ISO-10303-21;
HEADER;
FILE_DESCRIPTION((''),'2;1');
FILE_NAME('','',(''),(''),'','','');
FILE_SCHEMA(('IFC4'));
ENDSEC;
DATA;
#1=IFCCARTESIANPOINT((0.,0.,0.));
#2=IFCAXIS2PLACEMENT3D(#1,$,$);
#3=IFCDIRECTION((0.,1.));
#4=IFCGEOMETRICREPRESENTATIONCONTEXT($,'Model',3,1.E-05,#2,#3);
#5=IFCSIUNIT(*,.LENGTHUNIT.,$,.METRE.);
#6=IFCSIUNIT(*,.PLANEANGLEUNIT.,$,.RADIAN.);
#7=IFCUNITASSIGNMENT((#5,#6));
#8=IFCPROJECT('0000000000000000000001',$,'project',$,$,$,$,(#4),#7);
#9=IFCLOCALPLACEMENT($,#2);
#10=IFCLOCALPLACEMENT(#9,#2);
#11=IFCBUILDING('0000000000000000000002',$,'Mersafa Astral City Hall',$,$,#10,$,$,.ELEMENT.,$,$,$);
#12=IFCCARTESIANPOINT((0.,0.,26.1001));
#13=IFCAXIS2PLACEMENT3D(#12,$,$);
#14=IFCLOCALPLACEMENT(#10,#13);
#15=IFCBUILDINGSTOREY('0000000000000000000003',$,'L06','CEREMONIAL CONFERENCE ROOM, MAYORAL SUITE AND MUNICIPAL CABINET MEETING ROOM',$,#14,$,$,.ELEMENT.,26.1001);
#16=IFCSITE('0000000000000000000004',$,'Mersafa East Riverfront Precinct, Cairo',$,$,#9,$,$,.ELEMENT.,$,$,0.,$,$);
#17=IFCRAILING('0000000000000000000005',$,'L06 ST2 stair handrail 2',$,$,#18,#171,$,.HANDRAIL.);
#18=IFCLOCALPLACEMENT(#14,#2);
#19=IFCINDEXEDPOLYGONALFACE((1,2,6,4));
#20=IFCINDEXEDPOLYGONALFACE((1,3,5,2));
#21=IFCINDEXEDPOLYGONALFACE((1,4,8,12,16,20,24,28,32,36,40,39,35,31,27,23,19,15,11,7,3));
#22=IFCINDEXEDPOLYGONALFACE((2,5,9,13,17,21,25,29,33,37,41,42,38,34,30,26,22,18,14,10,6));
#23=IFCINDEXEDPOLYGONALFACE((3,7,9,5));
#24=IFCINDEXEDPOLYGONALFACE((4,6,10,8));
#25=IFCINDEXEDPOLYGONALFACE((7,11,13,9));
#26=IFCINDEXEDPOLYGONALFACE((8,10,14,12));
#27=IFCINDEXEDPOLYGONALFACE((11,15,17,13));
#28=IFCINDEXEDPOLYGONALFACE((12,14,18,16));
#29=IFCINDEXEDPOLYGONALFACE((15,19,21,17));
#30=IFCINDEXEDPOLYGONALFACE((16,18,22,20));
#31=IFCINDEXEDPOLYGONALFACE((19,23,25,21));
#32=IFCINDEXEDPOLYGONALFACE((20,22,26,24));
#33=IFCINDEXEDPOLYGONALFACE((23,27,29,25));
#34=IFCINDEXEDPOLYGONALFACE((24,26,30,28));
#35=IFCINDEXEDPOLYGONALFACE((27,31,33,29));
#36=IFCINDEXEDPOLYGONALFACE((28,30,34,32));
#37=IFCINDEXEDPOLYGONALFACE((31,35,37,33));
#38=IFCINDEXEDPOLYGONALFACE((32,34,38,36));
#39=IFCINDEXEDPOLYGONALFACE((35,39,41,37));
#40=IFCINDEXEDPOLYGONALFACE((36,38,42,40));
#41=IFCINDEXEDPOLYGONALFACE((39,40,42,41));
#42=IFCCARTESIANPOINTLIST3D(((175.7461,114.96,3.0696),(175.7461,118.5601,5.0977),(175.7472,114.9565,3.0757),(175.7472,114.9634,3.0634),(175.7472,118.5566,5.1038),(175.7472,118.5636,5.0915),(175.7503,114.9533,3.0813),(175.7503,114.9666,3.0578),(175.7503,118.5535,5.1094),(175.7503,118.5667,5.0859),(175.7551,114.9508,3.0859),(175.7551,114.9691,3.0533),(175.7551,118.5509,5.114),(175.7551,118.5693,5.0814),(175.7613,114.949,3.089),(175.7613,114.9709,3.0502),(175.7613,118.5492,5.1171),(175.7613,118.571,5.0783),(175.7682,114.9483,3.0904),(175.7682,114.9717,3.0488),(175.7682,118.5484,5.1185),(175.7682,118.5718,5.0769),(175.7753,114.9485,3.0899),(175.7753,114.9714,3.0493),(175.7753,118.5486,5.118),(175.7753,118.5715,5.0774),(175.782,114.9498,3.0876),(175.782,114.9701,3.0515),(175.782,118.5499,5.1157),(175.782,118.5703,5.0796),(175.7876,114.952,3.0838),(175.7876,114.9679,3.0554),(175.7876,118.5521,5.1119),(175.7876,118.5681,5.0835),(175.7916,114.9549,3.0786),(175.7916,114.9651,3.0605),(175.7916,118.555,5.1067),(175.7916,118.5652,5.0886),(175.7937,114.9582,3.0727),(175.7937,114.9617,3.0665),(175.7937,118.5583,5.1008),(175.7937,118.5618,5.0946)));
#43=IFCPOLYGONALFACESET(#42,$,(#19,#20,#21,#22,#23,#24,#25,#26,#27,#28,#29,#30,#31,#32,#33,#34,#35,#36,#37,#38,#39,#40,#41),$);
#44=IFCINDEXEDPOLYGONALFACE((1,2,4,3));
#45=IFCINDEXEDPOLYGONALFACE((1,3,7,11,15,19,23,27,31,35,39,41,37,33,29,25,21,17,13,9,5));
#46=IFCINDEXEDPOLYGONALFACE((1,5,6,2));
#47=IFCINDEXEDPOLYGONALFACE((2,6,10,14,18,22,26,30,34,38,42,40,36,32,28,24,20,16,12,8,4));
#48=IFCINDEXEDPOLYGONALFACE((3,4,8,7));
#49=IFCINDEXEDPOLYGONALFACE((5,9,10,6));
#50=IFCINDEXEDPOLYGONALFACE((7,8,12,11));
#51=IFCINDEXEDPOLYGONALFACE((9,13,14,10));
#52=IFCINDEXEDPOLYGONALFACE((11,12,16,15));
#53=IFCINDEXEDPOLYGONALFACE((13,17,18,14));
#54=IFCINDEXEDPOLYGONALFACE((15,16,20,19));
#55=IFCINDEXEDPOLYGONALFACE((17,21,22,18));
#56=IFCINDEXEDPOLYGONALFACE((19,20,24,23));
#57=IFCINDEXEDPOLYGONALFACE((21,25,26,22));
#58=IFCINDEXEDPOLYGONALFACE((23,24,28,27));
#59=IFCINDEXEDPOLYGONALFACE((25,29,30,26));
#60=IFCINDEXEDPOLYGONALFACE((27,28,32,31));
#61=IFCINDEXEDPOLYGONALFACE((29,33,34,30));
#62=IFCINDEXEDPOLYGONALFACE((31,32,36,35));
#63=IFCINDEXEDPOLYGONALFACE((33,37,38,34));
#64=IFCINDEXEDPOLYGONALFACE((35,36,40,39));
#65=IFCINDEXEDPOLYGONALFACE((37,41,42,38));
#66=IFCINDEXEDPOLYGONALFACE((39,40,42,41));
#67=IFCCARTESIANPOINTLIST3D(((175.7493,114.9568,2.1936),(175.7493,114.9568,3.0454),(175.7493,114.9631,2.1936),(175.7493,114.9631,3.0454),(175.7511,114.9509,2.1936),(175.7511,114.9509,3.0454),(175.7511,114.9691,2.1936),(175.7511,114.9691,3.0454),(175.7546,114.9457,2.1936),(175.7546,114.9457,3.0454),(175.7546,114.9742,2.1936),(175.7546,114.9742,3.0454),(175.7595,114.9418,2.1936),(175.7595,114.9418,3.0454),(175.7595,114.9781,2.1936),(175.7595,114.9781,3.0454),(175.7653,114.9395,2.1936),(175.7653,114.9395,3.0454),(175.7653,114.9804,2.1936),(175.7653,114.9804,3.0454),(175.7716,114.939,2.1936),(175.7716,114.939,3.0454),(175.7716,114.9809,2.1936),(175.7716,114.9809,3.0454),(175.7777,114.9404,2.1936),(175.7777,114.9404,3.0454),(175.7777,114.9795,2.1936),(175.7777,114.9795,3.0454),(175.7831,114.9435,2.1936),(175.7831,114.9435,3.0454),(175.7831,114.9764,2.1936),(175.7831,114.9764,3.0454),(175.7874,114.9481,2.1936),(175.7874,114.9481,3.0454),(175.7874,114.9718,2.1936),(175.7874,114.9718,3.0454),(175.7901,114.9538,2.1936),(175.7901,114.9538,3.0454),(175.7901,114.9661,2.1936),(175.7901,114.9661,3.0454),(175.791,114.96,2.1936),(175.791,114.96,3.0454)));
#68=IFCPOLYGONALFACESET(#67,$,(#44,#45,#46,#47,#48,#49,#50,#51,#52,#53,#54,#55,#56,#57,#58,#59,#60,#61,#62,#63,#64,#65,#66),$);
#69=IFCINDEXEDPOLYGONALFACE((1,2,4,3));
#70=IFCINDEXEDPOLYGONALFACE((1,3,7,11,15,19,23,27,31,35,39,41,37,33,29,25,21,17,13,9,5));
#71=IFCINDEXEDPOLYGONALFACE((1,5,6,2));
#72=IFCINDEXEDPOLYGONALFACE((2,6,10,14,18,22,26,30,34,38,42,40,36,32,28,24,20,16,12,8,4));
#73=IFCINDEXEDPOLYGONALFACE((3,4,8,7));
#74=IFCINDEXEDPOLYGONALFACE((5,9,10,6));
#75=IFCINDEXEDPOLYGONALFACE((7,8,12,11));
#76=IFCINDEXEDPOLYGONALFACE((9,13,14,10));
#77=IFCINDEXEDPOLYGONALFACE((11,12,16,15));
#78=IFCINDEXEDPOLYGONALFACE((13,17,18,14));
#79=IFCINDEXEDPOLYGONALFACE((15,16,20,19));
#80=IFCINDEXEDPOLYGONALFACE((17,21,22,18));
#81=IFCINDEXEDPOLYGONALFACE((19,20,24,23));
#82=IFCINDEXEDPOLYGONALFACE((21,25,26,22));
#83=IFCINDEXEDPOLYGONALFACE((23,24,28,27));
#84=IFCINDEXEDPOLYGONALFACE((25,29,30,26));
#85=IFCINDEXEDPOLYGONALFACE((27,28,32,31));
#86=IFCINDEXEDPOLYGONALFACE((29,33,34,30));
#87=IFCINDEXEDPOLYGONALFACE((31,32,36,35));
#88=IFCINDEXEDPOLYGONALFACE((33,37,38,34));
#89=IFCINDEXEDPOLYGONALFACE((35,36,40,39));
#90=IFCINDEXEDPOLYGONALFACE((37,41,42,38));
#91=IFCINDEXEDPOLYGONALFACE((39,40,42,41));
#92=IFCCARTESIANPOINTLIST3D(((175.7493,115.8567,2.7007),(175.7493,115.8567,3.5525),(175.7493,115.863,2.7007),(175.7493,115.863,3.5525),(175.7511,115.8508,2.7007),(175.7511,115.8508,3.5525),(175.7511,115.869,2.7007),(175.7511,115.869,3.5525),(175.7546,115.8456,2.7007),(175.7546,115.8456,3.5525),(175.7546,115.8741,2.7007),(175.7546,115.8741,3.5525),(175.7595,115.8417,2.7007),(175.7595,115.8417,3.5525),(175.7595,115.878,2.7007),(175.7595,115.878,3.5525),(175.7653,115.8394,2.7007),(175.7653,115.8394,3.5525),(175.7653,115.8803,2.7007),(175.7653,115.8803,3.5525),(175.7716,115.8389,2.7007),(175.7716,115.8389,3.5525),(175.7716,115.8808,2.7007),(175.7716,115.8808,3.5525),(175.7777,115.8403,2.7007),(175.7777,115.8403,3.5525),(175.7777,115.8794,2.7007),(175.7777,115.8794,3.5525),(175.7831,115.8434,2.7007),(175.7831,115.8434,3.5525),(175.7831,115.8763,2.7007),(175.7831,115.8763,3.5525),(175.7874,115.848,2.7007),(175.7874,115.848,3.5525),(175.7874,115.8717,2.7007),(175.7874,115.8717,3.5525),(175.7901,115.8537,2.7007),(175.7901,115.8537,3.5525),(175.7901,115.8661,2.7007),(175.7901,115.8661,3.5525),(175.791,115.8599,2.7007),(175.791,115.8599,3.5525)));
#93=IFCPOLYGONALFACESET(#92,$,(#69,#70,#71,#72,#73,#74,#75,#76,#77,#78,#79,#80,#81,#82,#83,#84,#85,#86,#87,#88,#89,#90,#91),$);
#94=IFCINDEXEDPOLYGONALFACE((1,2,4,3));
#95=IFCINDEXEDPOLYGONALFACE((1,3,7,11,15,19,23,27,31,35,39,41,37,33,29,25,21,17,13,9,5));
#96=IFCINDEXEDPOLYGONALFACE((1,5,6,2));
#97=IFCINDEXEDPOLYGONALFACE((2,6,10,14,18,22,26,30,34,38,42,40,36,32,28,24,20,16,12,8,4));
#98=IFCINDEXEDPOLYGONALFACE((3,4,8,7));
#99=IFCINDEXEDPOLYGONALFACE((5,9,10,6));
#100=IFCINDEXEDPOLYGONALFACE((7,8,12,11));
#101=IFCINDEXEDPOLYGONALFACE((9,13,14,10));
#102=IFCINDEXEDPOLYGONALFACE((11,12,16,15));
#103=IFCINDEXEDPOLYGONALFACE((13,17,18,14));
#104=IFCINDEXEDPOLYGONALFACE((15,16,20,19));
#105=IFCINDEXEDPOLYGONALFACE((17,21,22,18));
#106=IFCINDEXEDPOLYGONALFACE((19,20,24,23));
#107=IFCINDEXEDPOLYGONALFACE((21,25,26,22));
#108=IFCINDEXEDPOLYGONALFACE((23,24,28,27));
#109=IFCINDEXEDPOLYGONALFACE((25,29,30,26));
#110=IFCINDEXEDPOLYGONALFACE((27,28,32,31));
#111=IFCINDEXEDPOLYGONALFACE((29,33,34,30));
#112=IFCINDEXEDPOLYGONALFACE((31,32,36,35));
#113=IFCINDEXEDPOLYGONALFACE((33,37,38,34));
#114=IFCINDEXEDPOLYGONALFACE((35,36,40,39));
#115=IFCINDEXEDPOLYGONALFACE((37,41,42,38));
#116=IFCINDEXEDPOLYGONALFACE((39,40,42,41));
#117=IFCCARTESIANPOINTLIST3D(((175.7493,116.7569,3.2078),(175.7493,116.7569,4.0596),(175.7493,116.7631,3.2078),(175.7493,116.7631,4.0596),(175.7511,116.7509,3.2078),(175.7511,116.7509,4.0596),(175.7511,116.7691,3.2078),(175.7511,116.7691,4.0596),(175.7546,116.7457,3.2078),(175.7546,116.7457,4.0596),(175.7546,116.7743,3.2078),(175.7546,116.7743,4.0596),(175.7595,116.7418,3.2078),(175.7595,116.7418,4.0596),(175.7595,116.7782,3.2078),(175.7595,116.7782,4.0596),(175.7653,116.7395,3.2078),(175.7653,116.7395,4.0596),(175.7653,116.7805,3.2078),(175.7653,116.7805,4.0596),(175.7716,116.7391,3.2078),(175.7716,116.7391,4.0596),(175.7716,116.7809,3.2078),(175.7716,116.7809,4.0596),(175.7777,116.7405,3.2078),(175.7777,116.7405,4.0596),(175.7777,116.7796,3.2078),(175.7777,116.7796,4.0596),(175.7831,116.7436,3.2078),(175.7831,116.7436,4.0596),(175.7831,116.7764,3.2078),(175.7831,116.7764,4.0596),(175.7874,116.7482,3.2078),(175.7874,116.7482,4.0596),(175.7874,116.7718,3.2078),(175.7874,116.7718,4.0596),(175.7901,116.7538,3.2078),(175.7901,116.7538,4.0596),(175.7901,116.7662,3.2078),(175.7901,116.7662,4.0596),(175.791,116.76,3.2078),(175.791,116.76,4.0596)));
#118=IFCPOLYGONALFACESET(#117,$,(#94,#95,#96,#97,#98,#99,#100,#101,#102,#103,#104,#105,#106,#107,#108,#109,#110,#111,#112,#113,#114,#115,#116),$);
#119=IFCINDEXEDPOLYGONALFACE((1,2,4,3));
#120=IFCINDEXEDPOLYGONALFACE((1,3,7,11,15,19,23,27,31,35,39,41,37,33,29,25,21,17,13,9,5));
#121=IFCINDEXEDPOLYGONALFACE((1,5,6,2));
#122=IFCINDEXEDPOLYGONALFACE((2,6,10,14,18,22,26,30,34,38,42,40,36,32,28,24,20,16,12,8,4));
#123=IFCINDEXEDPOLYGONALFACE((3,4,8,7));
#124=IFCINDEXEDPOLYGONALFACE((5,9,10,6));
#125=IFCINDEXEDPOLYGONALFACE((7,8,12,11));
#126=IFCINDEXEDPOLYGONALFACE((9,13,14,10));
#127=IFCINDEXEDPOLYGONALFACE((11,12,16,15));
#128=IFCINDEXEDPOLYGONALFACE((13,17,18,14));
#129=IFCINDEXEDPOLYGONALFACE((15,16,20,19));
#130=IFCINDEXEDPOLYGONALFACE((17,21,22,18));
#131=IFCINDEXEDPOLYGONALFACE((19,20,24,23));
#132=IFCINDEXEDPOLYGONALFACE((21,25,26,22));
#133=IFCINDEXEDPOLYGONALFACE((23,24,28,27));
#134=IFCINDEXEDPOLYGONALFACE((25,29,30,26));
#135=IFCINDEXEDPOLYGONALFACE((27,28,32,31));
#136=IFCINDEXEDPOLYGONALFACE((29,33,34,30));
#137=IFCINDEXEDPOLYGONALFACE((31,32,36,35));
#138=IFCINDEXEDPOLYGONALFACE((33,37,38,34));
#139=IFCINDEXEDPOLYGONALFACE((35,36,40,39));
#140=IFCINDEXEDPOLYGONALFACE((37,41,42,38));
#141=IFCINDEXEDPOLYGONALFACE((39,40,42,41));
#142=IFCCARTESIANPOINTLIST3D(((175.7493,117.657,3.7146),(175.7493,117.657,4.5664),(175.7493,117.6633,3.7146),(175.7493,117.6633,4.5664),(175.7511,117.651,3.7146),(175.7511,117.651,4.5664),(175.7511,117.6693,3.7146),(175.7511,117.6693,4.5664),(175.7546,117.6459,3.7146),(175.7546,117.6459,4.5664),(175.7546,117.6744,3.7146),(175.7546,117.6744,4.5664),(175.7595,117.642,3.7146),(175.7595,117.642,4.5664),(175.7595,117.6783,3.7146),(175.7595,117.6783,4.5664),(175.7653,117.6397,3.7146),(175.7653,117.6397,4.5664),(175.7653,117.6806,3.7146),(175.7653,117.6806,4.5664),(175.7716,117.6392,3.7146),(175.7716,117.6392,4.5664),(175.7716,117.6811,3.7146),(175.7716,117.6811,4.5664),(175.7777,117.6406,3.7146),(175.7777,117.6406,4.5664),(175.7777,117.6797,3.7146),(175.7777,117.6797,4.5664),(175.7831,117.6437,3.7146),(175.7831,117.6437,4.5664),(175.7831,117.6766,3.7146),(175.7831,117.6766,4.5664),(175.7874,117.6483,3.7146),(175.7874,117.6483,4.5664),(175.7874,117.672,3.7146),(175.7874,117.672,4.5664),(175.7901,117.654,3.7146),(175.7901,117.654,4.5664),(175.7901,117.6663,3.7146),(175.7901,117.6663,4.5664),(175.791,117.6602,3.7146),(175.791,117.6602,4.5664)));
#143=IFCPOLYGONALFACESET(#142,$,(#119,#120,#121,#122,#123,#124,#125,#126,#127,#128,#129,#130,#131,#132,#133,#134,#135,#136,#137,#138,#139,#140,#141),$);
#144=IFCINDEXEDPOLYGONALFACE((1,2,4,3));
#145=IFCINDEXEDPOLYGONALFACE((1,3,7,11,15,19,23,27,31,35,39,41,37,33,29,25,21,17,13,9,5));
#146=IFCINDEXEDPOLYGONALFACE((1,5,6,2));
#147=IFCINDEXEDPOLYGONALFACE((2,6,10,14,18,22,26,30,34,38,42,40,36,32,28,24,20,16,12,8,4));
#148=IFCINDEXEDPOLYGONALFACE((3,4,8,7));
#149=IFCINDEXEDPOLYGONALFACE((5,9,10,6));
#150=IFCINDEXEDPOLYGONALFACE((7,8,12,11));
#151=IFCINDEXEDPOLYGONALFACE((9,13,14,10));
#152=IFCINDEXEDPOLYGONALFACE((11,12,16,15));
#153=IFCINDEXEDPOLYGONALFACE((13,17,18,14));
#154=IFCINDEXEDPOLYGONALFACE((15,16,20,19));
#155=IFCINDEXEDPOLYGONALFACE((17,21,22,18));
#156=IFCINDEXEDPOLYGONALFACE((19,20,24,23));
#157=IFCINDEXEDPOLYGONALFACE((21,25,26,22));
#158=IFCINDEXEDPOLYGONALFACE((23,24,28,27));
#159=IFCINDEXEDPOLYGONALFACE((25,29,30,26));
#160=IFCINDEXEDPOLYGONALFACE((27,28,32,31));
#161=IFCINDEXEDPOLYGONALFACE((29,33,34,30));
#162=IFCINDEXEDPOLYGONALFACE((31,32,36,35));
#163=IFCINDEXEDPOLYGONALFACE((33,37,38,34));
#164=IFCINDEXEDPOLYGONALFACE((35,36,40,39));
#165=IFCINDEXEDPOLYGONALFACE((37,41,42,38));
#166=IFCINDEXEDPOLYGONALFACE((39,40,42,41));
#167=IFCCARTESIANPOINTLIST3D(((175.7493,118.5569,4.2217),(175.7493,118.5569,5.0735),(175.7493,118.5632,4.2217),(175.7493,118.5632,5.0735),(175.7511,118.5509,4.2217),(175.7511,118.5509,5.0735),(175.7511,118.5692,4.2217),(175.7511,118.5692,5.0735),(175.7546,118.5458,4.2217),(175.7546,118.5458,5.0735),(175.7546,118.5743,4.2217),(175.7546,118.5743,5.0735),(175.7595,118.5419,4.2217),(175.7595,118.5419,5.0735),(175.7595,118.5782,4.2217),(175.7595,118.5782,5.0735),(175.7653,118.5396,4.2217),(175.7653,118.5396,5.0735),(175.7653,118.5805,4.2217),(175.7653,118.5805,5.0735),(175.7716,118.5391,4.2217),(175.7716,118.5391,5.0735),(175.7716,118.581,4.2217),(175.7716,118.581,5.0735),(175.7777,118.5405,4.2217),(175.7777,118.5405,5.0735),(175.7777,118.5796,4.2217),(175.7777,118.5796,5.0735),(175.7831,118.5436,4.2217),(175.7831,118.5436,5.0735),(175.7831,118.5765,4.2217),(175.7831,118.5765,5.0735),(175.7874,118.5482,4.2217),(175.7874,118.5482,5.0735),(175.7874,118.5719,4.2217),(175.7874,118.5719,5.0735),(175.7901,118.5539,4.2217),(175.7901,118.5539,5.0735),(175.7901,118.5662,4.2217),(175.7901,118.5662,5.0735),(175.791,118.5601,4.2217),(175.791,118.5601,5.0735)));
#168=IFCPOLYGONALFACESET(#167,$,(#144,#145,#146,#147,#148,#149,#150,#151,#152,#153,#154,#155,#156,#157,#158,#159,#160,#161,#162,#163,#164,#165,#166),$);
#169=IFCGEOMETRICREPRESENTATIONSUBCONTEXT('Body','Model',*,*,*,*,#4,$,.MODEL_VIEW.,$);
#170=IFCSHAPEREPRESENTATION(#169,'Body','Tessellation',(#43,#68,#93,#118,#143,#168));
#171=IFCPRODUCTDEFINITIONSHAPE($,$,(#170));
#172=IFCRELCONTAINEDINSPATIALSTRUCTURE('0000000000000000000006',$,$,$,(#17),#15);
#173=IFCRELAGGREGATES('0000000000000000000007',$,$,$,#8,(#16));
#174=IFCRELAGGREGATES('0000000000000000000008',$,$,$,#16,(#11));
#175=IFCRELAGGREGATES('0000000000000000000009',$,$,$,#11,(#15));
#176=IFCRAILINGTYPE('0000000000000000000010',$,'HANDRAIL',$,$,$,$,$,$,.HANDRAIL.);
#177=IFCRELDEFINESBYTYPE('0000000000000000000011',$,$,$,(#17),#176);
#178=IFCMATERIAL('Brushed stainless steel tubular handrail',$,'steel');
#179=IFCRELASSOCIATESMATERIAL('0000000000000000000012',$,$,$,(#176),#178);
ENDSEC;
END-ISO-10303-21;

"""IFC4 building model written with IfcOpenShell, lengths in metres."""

from ifc_helpers import new_model, si_unit, direction, frame, origin, origin_2d, place, context, subcontext, project, spatial, circle, extrude, material, type_object, element, save


model = new_model("IFC4")

# Units and contexts
model_context = context("Model", 3, precision=1e-05, world=origin(), true_north=direction((0.0, 1.0)))
body_context = subcontext(model_context, "Body", "Model", "MODEL_VIEW")
ifc_project = project(units=[si_unit("LENGTHUNIT", "METRE"), si_unit("PLANEANGLEUNIT", "RADIAN")], contexts=[model_context])

# Site, building, storey
site_placement = place(None, origin())
site = spatial("IfcSite", under=ifc_project, at=site_placement, Name="Mersafa East Riverfront Precinct, Cairo", CompositionType="ELEMENT", RefElevation=0.0)
building_placement = place(site_placement, origin())
building = spatial("IfcBuilding", under=site, at=building_placement, Name="Mersafa Astral City Hall", CompositionType="ELEMENT")
storey_placement = place(building_placement, frame((0.0, 0.0, 26.1001)))
storey = spatial("IfcBuildingStorey", under=building, at=storey_placement, Name="L06", Description="CEREMONIAL CONFERENCE ROOM, MAYORAL SUITE AND MUNICIPAL CABINET MEETING ROOM", CompositionType="ELEMENT", Elevation=26.1001)

# Railing
ifc_material_1 = material(Name="Brushed stainless steel tubular handrail", Category="steel")
railing_type_1 = type_object("IfcRailingType", Name="HANDRAIL", PredefinedType="HANDRAIL", material=ifc_material_1)
railing_1_placement = place(storey_placement, frame((175.77, 114.96, 2.1936)))
element("IfcRailing", 1, at=railing_1_placement, inside=storey, type_object=railing_type_1, Name="L06 ST2 stair handrail 2", PredefinedType="HANDRAIL", context=body_context, shape_type="SweptSolid", body=[
    extrude(circle(Radius=0.0239, at=origin_2d()), frame((0.0, 0.0, 0.876), z_axis=(0.0, 0.871263, 0.490817), x_axis=(-1.0, 0.0, 0.0)), (0.0, 0.0, 1.0), 4.1321),
    extrude(circle(Radius=0.021, at=origin_2d()), origin(), (0.0, 0.0, 1.0), 0.8518),
    extrude(circle(Radius=0.021, at=origin_2d()), frame((0.0, 0.8999, 0.5071)), (0.0, 0.0, 1.0), 0.8518),
    extrude(circle(Radius=0.021, at=origin_2d()), frame((0.0, 1.8, 1.0142)), (0.0, 0.0, 1.0), 0.8518),
    extrude(circle(Radius=0.021, at=origin_2d()), frame((0.0, 2.7002, 1.521)), (0.0, 0.0, 1.0), 0.8518),
    extrude(circle(Radius=0.021, at=origin_2d()), frame((0.0, 3.6001, 2.0281)), (0.0, 0.0, 1.0), 0.8518),
])

save(model, "model.ifc")
